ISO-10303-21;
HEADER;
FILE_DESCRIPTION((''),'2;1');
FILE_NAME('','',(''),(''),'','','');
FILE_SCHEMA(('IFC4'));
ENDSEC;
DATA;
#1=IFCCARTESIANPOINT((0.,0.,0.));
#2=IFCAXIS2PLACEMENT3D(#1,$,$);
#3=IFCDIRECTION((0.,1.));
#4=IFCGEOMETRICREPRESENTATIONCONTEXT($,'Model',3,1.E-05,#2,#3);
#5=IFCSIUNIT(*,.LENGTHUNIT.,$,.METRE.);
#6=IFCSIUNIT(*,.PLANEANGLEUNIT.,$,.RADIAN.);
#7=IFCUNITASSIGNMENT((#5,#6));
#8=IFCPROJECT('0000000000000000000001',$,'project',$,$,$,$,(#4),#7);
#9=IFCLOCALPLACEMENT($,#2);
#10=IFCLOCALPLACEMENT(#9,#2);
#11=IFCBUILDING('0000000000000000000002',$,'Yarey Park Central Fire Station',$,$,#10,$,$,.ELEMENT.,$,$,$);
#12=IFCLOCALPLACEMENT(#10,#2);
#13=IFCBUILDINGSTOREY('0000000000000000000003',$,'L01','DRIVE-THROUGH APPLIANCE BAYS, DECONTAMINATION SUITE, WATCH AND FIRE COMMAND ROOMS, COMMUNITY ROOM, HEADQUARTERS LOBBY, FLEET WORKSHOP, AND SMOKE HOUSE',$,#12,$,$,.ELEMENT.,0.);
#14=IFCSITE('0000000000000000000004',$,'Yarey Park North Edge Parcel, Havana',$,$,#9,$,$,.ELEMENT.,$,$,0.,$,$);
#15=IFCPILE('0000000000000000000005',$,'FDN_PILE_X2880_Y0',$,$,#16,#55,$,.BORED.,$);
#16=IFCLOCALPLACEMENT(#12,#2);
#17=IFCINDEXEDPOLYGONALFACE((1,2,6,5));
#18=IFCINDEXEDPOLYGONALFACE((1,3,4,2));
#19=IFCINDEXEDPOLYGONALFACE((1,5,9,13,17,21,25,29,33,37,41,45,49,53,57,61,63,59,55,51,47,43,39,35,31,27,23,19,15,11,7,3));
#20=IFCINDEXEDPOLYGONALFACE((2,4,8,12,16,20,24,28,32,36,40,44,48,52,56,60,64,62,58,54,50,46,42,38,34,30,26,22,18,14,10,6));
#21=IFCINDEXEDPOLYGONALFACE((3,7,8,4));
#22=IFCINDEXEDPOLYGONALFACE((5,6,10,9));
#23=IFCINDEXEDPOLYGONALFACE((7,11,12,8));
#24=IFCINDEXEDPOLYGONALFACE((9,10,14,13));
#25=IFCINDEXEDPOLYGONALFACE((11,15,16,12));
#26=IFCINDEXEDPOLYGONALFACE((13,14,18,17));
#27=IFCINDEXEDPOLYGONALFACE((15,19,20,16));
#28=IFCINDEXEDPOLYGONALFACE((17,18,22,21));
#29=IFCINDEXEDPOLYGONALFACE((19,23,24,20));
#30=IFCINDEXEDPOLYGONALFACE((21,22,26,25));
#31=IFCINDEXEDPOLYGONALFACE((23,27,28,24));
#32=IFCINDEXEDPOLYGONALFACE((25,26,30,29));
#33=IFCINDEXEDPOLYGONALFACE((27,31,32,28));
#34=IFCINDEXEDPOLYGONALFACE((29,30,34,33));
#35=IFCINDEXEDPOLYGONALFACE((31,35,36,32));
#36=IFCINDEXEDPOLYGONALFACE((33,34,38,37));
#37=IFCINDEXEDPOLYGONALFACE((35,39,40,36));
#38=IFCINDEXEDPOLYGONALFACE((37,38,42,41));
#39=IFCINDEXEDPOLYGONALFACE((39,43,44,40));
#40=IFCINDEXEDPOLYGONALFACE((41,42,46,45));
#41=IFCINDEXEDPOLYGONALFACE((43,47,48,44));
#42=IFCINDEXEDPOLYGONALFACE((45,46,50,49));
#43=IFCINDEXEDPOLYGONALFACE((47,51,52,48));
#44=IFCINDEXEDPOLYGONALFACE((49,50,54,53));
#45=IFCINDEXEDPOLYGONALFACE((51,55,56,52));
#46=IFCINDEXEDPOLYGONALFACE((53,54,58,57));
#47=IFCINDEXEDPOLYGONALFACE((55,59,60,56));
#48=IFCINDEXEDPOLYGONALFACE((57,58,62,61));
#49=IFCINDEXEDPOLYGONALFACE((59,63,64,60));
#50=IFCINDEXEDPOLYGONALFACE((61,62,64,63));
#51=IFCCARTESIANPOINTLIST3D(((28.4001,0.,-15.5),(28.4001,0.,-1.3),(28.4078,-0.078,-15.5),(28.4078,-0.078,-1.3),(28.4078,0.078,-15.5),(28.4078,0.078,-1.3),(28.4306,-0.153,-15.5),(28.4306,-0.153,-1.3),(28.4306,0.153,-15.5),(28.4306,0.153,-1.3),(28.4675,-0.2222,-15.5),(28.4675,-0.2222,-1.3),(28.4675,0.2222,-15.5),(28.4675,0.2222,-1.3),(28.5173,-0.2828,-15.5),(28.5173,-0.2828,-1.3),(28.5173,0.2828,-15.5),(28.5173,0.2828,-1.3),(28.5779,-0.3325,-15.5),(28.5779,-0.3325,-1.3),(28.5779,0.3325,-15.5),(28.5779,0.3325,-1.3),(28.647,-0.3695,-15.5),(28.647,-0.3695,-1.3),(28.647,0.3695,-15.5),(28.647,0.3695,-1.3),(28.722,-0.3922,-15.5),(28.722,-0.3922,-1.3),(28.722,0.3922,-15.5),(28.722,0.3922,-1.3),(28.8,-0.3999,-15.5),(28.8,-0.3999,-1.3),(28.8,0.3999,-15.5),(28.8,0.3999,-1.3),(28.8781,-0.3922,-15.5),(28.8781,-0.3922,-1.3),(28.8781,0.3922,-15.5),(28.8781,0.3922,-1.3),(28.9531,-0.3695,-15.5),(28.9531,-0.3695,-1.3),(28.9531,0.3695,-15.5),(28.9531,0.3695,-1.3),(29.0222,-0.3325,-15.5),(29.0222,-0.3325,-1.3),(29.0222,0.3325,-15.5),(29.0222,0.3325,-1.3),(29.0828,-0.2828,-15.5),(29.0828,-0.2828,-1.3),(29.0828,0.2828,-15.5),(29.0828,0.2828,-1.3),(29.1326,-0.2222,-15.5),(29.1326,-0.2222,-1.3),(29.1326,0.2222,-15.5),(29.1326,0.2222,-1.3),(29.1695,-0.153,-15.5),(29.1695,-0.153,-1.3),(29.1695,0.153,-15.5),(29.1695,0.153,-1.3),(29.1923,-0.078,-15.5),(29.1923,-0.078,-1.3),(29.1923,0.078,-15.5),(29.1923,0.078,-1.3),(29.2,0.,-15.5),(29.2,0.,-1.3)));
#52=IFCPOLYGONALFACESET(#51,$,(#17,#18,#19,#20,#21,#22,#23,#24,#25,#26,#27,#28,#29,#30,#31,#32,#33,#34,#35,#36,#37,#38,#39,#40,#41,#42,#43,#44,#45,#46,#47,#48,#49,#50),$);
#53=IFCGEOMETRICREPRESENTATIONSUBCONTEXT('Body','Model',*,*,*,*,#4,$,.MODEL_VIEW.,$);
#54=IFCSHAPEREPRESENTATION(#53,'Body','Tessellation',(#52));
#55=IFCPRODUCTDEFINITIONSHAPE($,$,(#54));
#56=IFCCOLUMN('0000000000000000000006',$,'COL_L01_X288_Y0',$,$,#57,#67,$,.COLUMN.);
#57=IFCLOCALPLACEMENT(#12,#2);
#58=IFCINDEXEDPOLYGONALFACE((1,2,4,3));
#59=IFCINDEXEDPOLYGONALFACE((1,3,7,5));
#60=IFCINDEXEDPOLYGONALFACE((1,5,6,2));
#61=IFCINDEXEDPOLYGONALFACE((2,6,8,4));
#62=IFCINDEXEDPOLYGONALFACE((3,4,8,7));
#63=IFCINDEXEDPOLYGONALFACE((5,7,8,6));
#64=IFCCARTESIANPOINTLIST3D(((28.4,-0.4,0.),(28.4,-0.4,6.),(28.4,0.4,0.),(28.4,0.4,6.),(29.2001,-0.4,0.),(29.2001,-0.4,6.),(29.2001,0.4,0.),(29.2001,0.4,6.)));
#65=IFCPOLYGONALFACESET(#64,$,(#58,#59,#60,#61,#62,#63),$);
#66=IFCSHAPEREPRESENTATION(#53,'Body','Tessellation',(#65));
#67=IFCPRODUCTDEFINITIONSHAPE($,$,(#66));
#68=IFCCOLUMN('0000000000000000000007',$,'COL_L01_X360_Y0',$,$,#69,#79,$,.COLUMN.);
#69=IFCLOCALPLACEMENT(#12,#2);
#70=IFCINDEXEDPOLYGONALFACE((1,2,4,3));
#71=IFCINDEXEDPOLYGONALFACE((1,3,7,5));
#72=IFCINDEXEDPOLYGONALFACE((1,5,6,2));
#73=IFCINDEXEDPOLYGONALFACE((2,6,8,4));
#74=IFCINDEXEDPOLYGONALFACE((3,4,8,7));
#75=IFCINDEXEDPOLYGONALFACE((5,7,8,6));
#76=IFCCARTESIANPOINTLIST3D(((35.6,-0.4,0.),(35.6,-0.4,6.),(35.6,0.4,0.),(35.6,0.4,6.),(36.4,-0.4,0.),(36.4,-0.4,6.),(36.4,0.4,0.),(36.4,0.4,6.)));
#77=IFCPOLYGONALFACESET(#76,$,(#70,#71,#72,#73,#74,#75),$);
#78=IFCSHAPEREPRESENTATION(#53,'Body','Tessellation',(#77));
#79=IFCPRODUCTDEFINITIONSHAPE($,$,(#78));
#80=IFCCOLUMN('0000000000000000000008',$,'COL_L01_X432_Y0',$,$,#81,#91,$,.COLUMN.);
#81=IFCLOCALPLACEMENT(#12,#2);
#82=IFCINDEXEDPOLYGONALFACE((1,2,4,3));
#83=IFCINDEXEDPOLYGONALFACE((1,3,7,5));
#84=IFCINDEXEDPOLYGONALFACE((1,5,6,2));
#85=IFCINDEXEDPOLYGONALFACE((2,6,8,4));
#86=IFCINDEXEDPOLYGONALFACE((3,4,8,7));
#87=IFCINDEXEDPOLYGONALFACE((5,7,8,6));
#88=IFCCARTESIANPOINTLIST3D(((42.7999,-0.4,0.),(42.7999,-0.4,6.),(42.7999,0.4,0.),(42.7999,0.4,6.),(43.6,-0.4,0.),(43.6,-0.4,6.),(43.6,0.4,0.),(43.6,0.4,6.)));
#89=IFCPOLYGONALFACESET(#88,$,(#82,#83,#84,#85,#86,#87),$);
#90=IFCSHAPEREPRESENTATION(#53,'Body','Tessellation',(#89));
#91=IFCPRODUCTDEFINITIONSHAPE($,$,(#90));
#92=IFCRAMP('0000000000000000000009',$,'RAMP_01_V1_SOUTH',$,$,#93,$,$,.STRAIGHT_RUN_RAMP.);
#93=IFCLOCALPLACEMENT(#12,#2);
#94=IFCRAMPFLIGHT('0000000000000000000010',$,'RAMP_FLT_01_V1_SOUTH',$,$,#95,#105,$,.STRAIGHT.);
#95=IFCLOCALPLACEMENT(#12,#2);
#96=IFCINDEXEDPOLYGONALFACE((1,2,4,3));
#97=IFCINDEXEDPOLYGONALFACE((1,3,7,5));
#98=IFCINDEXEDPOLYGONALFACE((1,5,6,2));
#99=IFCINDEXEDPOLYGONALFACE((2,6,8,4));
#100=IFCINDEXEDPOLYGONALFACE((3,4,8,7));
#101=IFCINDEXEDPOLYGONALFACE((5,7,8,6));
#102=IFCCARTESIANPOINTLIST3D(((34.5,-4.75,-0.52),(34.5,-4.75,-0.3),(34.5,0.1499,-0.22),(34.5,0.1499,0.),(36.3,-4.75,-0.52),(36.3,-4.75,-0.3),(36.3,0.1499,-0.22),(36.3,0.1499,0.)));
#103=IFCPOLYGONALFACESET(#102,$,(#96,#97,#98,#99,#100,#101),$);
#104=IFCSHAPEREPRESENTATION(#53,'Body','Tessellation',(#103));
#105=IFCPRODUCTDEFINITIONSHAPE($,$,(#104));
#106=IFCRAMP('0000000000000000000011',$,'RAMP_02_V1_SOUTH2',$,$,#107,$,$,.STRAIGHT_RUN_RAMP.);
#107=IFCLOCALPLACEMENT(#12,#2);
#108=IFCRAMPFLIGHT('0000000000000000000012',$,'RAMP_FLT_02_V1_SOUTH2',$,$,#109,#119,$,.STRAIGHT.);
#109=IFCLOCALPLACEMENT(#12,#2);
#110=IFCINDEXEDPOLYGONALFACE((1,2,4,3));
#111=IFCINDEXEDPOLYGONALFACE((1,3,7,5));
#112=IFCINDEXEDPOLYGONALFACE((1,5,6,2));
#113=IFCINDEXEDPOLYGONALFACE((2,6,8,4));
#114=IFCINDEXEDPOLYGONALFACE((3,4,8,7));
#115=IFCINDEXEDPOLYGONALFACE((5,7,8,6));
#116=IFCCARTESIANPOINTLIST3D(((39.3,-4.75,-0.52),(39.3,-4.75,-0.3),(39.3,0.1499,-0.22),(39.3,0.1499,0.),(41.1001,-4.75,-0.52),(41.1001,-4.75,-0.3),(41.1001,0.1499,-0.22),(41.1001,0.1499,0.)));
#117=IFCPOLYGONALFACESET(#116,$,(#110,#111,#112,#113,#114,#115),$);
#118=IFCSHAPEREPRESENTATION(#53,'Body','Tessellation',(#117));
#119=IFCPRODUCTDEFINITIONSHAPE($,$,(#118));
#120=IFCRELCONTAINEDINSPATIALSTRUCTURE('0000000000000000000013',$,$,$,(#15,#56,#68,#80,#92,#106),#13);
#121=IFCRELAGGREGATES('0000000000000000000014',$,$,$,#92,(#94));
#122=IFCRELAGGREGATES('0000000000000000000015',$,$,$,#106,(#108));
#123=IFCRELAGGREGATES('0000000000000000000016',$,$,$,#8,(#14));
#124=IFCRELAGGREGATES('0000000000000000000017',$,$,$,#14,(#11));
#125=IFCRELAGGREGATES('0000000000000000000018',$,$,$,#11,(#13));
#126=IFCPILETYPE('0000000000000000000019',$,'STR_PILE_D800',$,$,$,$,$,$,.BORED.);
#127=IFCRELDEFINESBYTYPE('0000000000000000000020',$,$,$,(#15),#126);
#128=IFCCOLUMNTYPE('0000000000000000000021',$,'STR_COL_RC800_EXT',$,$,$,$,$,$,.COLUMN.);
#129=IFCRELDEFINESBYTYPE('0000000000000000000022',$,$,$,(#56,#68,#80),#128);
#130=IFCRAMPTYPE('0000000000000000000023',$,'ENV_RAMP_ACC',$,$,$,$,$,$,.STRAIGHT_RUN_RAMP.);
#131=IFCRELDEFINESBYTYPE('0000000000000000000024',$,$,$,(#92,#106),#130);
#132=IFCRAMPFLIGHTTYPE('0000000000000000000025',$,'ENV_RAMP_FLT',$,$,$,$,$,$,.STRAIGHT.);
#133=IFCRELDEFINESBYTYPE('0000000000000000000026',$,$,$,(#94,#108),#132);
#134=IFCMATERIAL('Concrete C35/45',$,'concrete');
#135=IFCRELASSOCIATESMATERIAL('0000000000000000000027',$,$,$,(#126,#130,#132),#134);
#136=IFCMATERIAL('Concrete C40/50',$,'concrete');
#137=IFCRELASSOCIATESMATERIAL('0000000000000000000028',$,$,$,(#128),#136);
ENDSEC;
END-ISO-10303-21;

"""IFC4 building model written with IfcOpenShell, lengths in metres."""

from ifc_helpers import new_model, si_unit, direction, frame, origin, origin_2d, place, context, subcontext, project, spatial, polyline, rectangle, circle, outline, extrude, material, material_profile, profile_set, type_object, element, aggregate, save


model = new_model("IFC4")

# Units and contexts
model_context = context("Model", 3, precision=1e-05, world=origin(), true_north=direction((0.0, 1.0)))
body_context = subcontext(model_context, "Body", "Model", "MODEL_VIEW")
ifc_project = project(units=[si_unit("LENGTHUNIT", "METRE"), si_unit("PLANEANGLEUNIT", "RADIAN")], contexts=[model_context])

# Site, building, storey
site_placement = place(None, origin())
site = spatial("IfcSite", under=ifc_project, at=site_placement, Name="Yarey Park North Edge Parcel, Havana", CompositionType="ELEMENT", RefElevation=0.0)
building_placement = place(site_placement, origin())
building = spatial("IfcBuilding", under=site, at=building_placement, Name="Yarey Park Central Fire Station", CompositionType="ELEMENT")
storey_placement = place(building_placement, origin())
storey = spatial("IfcBuildingStorey", under=building, at=storey_placement, Name="L01", Description="DRIVE-THROUGH APPLIANCE BAYS, DECONTAMINATION SUITE, WATCH AND FIRE COMMAND ROOMS, COMMUNITY ROOM, HEADQUARTERS LOBBY, FLEET WORKSHOP, AND SMOKE HOUSE", CompositionType="ELEMENT", Elevation=0.0)

# Shared definitions
ifc_material_1 = material(Name="Concrete C35/45", Category="concrete")

# Pile
ifc_material_profile_1 = material_profile(ifc_material_1, circle(Radius=0.3999, at=origin_2d()), Name="BORED PILE D800")
ifc_profile_set_1 = profile_set([ifc_material_profile_1], Name="Concrete C35/45")
pile_type = type_object("IfcPileType", Name="STR_PILE_D800", PredefinedType="BORED", material=ifc_profile_set_1)
for number, where, z_axis, x_axis, name in (
    (1, (28.8, 0.0, -1.3), (0.0, 0.0, -1.0), (1.0, 0.0, 0.0), "FDN_PILE_X2880_Y0"),
):
    element("IfcPile", number, at=place(storey_placement, frame(where, z_axis=z_axis, x_axis=x_axis)), inside=storey, type_object=pile_type, Name=name, PredefinedType="BORED", context=body_context, shape_type="SweptSolid", body=[
        extrude(circle(Radius=0.3999, at=origin_2d()), origin(), (0.0, 0.0, 1.0), 14.2),
    ])

# Columns
ifc_material_2 = material(Name="Concrete C40/50", Category="concrete")
ifc_material_profile_2 = material_profile(ifc_material_2, rectangle(XDim=0.8, YDim=0.8, at=origin_2d()), Name="RC 800x800")
ifc_profile_set_2 = profile_set([ifc_material_profile_2], Name="Concrete C40/50")
column_type = type_object("IfcColumnType", Name="STR_COL_RC800_EXT", PredefinedType="COLUMN", material=ifc_profile_set_2)
for number, where, z_axis, x_axis, name in (
    (2, (28.8, 0.0, 0.0), (0.0, 0.0, 1.0), (1.0, 0.0, 0.0), "COL_L01_X288_Y0"),
    (3, (36.0, 0.0, 0.0), (0.0, 0.0, 1.0), (1.0, 0.0, 0.0), "COL_L01_X360_Y0"),
    (4, (43.2, 0.0, 0.0), (0.0, 0.0, 1.0), (1.0, 0.0, 0.0), "COL_L01_X432_Y0"),
):
    element("IfcColumn", number, at=place(storey_placement, frame(where, z_axis=z_axis, x_axis=x_axis)), inside=storey, type_object=column_type, Name=name, PredefinedType="COLUMN", context=body_context, shape_type="SweptSolid", body=[
        extrude(rectangle(XDim=0.8, YDim=0.8, at=origin_2d()), origin(), (0.0, 0.0, 1.0), 6.0),
    ])

# Ramps, ramp flights
ramp_type = type_object("IfcRampType", Name="ENV_RAMP_ACC", PredefinedType="STRAIGHT_RUN_RAMP", material=ifc_material_1)
ramp_1_placement = place(storey_placement, origin())
ramp_1 = element("IfcRamp", 5, at=ramp_1_placement, inside=storey, type_object=ramp_type, Name="RAMP_01_V1_SOUTH", PredefinedType="STRAIGHT_RUN_RAMP")
ramp_flight_type = type_object("IfcRampFlightType", Name="ENV_RAMP_FLT", PredefinedType="STRAIGHT", material=ifc_material_1)
ramp_flight_1_placement = place(storey_placement, frame((35.3999, -4.75, -0.3), z_axis=(0.0, 0.0, 1.0), x_axis=(0.0, 1.0, 0.0)))
ramp_flight_1 = element("IfcRampFlight", 6, at=ramp_flight_1_placement, type_object=ramp_flight_type, Name="RAMP_FLT_01_V1_SOUTH", PredefinedType="STRAIGHT", context=body_context, shape_type="SweptSolid", body=[
    extrude(outline(polyline([(0.0, 0.0), (0.0, -0.22), (4.8999, 0.0801), (4.8999, 0.3), (0.0, 0.0)])), frame((0.0, 0.8999, 0.0), z_axis=(0.0, -1.0, 0.0), x_axis=(1.0, 0.0, 0.0)), (0.0, 0.0, 1.0), 1.8),
])
aggregate(ramp_1, [ramp_flight_1])
ramp_2_placement = place(storey_placement, origin())
ramp_2 = element("IfcRamp", 7, at=ramp_2_placement, inside=storey, type_object=ramp_type, Name="RAMP_02_V1_SOUTH2", PredefinedType="STRAIGHT_RUN_RAMP")
ramp_flight_2_placement = place(storey_placement, frame((40.2, -4.75, -0.3), z_axis=(0.0, 0.0, 1.0), x_axis=(0.0, 1.0, 0.0)))
ramp_flight_2 = element("IfcRampFlight", 8, at=ramp_flight_2_placement, type_object=ramp_flight_type, Name="RAMP_FLT_02_V1_SOUTH2", PredefinedType="STRAIGHT", context=body_context, shape_type="SweptSolid", body=[
    extrude(outline(polyline([(0.0, 0.0), (0.0, -0.22), (4.8999, 0.0801), (4.8999, 0.3), (0.0, 0.0)])), frame((0.0, 0.8999, 0.0), z_axis=(0.0, -1.0, 0.0), x_axis=(1.0, 0.0, 0.0)), (0.0, 0.0, 1.0), 1.8),
])
aggregate(ramp_2, [ramp_flight_2])

save(model, "model.ifc")
